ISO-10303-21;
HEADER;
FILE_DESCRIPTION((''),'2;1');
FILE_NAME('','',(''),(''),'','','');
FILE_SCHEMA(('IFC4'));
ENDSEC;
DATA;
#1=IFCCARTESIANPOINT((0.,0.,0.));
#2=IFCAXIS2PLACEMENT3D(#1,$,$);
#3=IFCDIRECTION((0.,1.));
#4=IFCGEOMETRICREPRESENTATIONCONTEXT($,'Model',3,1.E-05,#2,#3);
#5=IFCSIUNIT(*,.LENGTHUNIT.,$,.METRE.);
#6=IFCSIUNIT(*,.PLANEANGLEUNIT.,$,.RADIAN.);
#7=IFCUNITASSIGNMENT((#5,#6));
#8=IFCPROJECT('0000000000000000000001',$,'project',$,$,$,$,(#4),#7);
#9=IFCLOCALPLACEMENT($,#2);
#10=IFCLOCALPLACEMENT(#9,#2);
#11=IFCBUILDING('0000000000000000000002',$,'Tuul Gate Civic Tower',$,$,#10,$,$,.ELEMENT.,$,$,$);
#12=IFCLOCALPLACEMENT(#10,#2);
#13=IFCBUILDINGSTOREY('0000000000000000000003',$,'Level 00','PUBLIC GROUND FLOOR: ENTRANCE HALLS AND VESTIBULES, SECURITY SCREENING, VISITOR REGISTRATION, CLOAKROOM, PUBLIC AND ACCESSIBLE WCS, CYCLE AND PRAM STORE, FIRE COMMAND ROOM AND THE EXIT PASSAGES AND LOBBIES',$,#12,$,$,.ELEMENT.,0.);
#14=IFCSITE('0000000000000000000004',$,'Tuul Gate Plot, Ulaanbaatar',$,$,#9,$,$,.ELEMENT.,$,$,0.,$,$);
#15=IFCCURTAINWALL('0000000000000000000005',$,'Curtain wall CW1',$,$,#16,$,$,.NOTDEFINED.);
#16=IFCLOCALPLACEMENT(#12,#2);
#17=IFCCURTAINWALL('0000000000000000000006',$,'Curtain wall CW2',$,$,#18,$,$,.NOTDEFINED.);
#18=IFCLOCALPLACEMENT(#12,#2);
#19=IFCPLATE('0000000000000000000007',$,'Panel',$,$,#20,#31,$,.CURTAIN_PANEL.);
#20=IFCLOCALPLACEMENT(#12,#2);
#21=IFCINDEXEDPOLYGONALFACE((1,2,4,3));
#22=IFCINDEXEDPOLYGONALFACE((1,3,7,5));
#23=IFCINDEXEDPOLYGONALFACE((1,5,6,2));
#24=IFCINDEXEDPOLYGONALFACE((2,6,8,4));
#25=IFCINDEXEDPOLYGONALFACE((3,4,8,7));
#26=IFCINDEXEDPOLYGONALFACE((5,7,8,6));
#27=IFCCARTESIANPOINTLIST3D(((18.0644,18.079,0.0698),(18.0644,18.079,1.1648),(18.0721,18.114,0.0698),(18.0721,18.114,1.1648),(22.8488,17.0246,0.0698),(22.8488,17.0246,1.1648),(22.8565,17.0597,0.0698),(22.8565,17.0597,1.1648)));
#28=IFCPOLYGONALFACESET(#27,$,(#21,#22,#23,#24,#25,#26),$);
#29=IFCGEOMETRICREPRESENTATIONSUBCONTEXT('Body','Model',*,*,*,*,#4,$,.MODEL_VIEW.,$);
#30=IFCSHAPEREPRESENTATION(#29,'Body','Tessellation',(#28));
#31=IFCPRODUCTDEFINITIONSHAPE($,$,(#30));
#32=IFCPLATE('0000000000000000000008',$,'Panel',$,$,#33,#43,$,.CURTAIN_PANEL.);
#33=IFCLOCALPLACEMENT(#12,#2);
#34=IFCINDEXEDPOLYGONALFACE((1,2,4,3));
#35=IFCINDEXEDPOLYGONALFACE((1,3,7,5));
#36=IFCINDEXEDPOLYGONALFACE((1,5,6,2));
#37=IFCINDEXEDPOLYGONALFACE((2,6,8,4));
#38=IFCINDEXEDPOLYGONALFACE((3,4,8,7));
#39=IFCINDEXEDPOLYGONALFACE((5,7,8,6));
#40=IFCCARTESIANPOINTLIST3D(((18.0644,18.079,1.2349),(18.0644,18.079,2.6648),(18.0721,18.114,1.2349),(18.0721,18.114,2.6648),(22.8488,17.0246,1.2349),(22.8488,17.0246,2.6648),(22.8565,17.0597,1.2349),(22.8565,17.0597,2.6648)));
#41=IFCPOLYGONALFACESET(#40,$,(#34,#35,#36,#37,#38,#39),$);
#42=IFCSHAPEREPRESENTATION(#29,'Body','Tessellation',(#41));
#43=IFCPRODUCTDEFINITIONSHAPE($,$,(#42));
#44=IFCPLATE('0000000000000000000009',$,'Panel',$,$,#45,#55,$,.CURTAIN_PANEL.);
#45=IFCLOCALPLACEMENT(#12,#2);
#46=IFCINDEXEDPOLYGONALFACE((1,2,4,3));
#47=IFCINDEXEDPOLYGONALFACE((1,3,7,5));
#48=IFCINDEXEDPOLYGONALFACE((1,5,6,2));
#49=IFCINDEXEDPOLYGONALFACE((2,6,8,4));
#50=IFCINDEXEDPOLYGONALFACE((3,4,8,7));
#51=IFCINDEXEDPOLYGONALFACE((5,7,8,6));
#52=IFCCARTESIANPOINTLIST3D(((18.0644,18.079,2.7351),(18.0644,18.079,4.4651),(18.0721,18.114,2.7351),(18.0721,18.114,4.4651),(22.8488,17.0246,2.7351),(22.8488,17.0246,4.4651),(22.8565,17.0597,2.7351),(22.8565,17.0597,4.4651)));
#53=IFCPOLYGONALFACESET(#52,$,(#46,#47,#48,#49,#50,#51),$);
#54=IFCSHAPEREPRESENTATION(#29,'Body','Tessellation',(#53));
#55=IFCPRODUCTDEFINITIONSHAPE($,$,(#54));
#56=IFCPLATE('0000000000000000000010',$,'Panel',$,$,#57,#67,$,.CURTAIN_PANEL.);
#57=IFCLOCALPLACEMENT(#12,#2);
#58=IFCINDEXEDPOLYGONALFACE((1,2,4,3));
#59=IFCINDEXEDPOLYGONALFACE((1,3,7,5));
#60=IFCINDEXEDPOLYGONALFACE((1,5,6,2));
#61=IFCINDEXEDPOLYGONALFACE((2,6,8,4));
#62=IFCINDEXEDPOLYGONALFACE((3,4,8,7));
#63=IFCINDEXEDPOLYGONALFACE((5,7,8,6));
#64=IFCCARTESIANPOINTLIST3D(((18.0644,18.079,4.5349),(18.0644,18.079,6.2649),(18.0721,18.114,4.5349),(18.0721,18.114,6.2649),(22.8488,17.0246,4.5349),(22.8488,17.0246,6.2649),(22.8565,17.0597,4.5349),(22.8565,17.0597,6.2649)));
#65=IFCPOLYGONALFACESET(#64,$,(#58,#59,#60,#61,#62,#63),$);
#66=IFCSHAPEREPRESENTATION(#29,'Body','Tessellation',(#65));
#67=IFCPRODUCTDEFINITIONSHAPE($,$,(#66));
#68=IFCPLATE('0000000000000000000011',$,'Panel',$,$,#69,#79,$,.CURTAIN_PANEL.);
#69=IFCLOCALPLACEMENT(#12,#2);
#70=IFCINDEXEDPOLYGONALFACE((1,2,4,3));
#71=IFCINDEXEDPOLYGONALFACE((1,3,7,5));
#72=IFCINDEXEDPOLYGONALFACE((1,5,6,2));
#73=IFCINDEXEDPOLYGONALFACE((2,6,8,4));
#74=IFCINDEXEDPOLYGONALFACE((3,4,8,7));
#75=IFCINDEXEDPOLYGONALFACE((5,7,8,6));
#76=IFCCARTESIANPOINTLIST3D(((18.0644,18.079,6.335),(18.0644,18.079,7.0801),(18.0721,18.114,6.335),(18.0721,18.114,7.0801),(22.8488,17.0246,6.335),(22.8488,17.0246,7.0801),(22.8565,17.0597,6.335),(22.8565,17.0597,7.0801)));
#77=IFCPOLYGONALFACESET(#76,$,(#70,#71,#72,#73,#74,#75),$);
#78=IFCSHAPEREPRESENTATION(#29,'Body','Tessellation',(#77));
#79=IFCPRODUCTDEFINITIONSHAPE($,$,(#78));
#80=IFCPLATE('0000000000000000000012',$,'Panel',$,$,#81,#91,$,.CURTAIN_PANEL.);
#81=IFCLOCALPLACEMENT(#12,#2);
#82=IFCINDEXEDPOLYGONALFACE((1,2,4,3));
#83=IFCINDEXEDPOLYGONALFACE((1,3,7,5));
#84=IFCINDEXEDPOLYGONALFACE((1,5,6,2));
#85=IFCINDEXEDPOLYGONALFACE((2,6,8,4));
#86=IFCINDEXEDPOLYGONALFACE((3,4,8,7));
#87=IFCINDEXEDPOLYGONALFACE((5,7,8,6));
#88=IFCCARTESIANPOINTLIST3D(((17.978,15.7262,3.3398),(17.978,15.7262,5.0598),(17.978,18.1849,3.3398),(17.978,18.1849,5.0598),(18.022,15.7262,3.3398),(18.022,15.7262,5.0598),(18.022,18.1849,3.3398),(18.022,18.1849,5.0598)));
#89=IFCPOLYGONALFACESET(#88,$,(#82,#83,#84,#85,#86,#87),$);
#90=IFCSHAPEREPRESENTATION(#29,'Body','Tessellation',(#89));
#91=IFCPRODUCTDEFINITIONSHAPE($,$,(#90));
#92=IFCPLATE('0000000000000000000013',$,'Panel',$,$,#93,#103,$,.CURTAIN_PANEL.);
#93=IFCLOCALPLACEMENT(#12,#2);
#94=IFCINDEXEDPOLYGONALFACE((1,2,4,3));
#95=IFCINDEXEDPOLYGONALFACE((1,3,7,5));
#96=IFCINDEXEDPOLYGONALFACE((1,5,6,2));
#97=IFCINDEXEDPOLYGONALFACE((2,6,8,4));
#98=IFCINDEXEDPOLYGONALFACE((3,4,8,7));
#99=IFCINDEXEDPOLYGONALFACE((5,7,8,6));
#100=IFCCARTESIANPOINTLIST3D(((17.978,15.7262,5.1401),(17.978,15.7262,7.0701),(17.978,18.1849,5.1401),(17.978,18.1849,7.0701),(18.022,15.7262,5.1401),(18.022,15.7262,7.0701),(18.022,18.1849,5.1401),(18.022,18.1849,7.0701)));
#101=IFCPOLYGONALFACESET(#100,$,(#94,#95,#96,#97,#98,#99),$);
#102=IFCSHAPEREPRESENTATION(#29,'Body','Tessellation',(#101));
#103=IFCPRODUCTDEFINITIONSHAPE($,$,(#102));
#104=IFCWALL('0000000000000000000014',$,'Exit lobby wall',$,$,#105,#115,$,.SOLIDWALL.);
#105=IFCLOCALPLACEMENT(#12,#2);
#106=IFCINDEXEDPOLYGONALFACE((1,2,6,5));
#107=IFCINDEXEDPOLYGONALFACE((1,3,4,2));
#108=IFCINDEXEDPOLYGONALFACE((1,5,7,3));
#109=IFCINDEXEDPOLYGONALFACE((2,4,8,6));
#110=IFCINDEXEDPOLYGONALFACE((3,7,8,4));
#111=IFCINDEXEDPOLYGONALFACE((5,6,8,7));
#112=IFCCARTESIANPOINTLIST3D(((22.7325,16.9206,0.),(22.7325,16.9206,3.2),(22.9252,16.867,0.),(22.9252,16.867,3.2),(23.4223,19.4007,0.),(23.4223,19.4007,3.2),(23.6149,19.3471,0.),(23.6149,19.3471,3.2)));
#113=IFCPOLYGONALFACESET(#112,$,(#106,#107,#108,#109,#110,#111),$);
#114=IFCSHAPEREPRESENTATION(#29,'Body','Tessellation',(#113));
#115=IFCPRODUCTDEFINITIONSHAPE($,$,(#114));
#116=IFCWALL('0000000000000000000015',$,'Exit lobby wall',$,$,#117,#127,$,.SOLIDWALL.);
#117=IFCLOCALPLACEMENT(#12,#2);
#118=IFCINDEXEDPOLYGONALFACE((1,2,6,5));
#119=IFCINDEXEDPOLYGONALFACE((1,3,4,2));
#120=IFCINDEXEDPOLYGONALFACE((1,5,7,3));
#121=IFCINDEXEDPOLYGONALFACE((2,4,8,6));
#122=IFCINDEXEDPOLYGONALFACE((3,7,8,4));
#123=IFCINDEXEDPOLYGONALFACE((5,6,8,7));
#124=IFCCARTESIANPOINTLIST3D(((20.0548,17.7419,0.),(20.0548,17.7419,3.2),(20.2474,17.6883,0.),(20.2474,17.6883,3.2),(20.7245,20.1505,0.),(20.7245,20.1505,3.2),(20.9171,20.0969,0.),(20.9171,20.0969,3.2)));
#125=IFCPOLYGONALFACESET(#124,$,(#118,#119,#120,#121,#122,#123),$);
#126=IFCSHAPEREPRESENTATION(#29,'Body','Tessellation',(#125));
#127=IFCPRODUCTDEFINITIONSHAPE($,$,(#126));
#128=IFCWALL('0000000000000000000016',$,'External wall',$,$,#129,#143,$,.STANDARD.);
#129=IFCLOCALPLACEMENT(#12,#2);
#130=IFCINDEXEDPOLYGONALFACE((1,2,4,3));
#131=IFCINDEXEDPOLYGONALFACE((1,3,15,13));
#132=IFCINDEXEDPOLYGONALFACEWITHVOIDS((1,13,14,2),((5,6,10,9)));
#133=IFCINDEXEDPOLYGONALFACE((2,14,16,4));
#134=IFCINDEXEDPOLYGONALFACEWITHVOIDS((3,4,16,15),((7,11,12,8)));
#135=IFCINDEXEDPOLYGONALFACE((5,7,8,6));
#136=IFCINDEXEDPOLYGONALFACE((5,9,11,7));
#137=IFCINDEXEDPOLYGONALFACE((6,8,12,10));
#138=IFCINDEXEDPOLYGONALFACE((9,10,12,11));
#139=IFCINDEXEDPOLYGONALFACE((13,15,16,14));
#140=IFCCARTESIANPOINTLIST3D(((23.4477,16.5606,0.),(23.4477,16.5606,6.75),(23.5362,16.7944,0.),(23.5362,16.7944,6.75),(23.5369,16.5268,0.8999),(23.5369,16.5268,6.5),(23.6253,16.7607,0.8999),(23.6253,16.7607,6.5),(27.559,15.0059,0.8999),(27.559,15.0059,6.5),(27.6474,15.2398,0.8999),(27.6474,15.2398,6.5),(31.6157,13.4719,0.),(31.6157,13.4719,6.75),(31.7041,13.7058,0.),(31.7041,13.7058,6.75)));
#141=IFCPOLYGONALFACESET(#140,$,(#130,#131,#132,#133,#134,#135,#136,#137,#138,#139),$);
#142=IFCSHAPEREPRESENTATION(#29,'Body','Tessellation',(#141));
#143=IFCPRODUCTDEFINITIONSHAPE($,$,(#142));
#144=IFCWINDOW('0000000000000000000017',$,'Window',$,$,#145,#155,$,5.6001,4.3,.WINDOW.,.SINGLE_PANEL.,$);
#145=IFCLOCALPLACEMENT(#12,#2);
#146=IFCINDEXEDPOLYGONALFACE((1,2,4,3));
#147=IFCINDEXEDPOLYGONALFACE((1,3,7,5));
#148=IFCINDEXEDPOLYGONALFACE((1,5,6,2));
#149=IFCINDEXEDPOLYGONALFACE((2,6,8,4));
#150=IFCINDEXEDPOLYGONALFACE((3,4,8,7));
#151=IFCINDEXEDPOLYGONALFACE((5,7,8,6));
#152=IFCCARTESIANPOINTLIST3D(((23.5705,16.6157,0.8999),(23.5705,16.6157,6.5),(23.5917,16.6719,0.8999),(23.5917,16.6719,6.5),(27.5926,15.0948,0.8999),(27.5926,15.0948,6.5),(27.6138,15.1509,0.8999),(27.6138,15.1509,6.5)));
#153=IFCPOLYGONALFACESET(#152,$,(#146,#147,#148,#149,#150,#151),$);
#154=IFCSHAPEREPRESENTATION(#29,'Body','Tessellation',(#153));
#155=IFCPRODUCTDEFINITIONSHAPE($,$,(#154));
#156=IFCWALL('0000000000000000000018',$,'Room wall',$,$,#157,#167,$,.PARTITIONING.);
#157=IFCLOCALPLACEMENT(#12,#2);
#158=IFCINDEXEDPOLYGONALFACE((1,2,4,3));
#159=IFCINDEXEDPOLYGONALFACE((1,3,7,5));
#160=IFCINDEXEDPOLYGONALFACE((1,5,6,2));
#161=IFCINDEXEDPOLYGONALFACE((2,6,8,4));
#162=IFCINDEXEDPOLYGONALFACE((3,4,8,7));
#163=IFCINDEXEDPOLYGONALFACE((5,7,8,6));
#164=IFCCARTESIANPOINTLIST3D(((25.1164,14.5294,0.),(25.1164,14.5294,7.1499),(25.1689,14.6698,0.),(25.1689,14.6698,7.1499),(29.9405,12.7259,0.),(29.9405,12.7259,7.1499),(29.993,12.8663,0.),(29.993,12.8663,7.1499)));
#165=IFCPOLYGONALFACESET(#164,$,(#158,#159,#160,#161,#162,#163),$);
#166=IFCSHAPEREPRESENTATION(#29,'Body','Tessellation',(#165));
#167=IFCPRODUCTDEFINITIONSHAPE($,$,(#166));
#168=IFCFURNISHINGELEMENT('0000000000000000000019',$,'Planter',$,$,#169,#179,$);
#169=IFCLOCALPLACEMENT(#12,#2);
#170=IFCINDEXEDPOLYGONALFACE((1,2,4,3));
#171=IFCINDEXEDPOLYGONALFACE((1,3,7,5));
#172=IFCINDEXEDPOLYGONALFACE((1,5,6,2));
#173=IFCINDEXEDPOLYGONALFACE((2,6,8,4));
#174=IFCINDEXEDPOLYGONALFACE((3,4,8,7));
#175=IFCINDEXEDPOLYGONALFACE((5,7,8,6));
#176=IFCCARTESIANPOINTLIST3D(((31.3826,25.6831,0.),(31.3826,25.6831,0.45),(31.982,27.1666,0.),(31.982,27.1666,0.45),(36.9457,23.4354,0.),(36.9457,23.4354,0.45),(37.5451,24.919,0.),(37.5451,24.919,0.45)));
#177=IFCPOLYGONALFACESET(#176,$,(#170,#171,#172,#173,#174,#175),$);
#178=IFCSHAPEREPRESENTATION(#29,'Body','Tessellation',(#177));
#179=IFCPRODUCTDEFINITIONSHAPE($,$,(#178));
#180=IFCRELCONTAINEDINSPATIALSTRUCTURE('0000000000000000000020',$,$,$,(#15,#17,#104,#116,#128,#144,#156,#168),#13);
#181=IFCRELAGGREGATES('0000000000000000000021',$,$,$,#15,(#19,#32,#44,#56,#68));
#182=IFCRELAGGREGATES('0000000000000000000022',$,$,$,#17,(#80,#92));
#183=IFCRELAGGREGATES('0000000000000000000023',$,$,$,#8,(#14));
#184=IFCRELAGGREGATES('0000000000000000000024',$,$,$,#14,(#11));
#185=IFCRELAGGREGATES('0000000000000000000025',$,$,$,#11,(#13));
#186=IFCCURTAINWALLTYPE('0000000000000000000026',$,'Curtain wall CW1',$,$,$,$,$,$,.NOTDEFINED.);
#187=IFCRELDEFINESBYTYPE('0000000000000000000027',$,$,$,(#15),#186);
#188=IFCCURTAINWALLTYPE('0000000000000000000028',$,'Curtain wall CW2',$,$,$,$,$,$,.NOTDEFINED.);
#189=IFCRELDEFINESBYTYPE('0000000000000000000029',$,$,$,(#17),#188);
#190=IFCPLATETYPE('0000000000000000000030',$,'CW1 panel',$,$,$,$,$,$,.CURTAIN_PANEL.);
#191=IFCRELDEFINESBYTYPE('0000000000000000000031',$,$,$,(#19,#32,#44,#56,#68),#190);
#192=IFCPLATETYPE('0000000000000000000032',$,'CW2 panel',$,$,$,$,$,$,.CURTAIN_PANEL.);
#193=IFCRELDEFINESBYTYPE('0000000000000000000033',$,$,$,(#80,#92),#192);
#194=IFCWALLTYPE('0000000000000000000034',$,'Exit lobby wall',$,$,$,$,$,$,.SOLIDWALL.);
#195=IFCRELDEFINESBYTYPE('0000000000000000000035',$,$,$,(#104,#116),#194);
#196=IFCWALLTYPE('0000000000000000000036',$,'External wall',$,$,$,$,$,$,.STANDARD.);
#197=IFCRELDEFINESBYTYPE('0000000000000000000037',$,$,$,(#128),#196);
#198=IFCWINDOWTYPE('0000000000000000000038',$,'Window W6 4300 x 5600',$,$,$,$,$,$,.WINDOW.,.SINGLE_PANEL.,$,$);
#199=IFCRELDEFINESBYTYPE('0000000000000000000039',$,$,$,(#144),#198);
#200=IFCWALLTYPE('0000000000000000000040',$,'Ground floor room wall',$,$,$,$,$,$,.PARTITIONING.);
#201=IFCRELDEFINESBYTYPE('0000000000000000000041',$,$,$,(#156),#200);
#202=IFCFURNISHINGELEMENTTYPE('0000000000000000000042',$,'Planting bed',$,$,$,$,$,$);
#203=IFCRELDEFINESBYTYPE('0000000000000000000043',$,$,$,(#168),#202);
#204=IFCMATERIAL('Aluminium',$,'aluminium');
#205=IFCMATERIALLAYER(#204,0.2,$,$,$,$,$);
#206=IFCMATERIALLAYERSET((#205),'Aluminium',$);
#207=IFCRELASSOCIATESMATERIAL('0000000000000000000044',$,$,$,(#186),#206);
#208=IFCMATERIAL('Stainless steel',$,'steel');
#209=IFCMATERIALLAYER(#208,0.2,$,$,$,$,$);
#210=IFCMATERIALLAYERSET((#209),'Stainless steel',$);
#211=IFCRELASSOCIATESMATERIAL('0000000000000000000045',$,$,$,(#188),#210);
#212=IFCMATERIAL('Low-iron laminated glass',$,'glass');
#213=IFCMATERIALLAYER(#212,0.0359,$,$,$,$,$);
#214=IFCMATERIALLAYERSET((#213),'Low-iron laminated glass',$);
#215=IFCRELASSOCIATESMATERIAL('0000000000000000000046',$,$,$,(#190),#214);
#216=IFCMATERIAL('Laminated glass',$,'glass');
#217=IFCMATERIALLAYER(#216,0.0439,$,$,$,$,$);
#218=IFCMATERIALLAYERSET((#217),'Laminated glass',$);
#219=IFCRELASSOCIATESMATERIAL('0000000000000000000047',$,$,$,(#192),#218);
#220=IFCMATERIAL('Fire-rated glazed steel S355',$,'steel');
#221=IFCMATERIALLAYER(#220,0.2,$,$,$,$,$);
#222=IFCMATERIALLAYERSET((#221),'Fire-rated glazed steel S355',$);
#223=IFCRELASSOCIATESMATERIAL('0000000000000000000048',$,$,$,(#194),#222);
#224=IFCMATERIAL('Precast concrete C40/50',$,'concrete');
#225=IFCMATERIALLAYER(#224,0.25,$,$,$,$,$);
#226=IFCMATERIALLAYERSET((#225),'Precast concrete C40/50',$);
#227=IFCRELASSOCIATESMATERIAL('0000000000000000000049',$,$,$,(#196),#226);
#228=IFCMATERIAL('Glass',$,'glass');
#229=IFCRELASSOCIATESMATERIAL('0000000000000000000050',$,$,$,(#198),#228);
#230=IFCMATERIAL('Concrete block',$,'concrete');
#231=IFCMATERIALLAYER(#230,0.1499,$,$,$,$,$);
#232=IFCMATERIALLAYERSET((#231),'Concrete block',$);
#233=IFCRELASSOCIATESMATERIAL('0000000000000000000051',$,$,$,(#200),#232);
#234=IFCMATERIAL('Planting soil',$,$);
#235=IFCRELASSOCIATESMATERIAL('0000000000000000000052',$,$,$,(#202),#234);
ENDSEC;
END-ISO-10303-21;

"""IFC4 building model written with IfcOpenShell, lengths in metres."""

from ifc_helpers import new_model, si_unit, direction, frame, frame_2d, origin, origin_2d, place, context, subcontext, project, spatial, rectangle, extrude, material, layer, layer_set, type_object, element, fill, aggregate, save


model = new_model("IFC4")

# Units and contexts
model_context = context("Model", 3, precision=1e-05, world=origin(), true_north=direction((0.0, 1.0)))
body_context = subcontext(model_context, "Body", "Model", "MODEL_VIEW")
ifc_project = project(units=[si_unit("LENGTHUNIT", "METRE"), si_unit("PLANEANGLEUNIT", "RADIAN")], contexts=[model_context])

# Site, building, storey
site_placement = place(None, origin())
site = spatial("IfcSite", under=ifc_project, at=site_placement, Name="Tuul Gate Plot, Ulaanbaatar", CompositionType="ELEMENT", RefElevation=0.0)
building_placement = place(site_placement, origin())
building = spatial("IfcBuilding", under=site, at=building_placement, Name="Tuul Gate Civic Tower", CompositionType="ELEMENT")
storey_placement = place(building_placement, origin())
storey = spatial("IfcBuildingStorey", under=building, at=storey_placement, Name="Level 00", Description="PUBLIC GROUND FLOOR: ENTRANCE HALLS AND VESTIBULES, SECURITY SCREENING, VISITOR REGISTRATION, CLOAKROOM, PUBLIC AND ACCESSIBLE WCS, CYCLE AND PRAM STORE, FIRE COMMAND ROOM AND THE EXIT PASSAGES AND LOBBIES", CompositionType="ELEMENT", Elevation=0.0)

# Curtain wall
ifc_material_1 = material(Name="Aluminium", Category="aluminium")
ifc_layer_1 = layer(ifc_material_1, 0.2)
ifc_layer_set_1 = layer_set([ifc_layer_1], Name="Aluminium")
curtain_wall_type_1 = type_object("IfcCurtainWallType", Name="Curtain wall CW1", PredefinedType="NOTDEFINED", material=ifc_layer_set_1)
curtain_wall_1_placement = place(storey_placement, origin())
curtain_wall_1 = element("IfcCurtainWall", 1, at=curtain_wall_1_placement, inside=storey, type_object=curtain_wall_type_1, Name="Curtain wall CW1", PredefinedType="NOTDEFINED")

# Curtain wall
ifc_material_2 = material(Name="Stainless steel", Category="steel")
ifc_layer_2 = layer(ifc_material_2, 0.2)
ifc_layer_set_2 = layer_set([ifc_layer_2], Name="Stainless steel")
curtain_wall_type_2 = type_object("IfcCurtainWallType", Name="Curtain wall CW2", PredefinedType="NOTDEFINED", material=ifc_layer_set_2)
curtain_wall_2_placement = place(storey_placement, origin())
curtain_wall_2 = element("IfcCurtainWall", 2, at=curtain_wall_2_placement, inside=storey, type_object=curtain_wall_type_2, Name="Curtain wall CW2", PredefinedType="NOTDEFINED")

# Plates
ifc_material_3 = material(Name="Low-iron laminated glass", Category="glass")
ifc_layer_3 = layer(ifc_material_3, 0.0359)
ifc_layer_set_3 = layer_set([ifc_layer_3], Name="Low-iron laminated glass")
plate_type_1 = type_object("IfcPlateType", Name="CW1 panel", PredefinedType="CURTAIN_PANEL", material=ifc_layer_set_3)
plate_1_placement = place(storey_placement, frame((20.4604, 17.5693, 0.0698), z_axis=(0.0, 0.0, 1.0), x_axis=(-0.976569, 0.215207, 0.0)))
plate_1 = element("IfcPlate", 3, at=plate_1_placement, type_object=plate_type_1, Name="Panel", PredefinedType="CURTAIN_PANEL", context=body_context, shape_type="SweptSolid", body=[
    extrude(rectangle(XDim=4.8992, YDim=0.0359, at=origin_2d()), origin(), (0.0, 0.0, 1.0), 1.095),
])
plate_2_placement = place(storey_placement, frame((20.4604, 17.5693, 1.2349), z_axis=(0.0, 0.0, 1.0), x_axis=(-0.976569, 0.215207, 0.0)))
plate_2 = element("IfcPlate", 4, at=plate_2_placement, type_object=plate_type_1, Name="Panel", PredefinedType="CURTAIN_PANEL", context=body_context, shape_type="SweptSolid", body=[
    extrude(rectangle(XDim=4.8992, YDim=0.0359, at=origin_2d()), origin(), (0.0, 0.0, 1.0), 1.4299),
])
plate_3_placement = place(storey_placement, frame((20.4604, 17.5693, 2.7351), z_axis=(0.0, 0.0, 1.0), x_axis=(-0.976569, 0.215207, 0.0)))
plate_3 = element("IfcPlate", 5, at=plate_3_placement, type_object=plate_type_1, Name="Panel", PredefinedType="CURTAIN_PANEL", context=body_context, shape_type="SweptSolid", body=[
    extrude(rectangle(XDim=4.8992, YDim=0.0359, at=origin_2d()), origin(), (0.0, 0.0, 1.0), 1.73),
])
plate_4_placement = place(storey_placement, frame((20.4604, 17.5693, 4.5349), z_axis=(0.0, 0.0, 1.0), x_axis=(-0.976569, 0.215207, 0.0)))
plate_4 = element("IfcPlate", 6, at=plate_4_placement, type_object=plate_type_1, Name="Panel", PredefinedType="CURTAIN_PANEL", context=body_context, shape_type="SweptSolid", body=[
    extrude(rectangle(XDim=4.8992, YDim=0.0359, at=origin_2d()), origin(), (0.0, 0.0, 1.0), 1.73),
])
plate_5_placement = place(storey_placement, frame((20.4604, 17.5693, 6.335), z_axis=(0.0, 0.0, 1.0), x_axis=(-0.976569, 0.215207, 0.0)))
plate_5 = element("IfcPlate", 7, at=plate_5_placement, type_object=plate_type_1, Name="Panel", PredefinedType="CURTAIN_PANEL", context=body_context, shape_type="SweptSolid", body=[
    extrude(rectangle(XDim=4.8992, YDim=0.0359, at=origin_2d()), origin(), (0.0, 0.0, 1.0), 0.7451),
])
aggregate(curtain_wall_1, [plate_1, plate_2, plate_3, plate_4, plate_5])
ifc_material_4 = material(Name="Laminated glass", Category="glass")
ifc_layer_4 = layer(ifc_material_4, 0.0439)
ifc_layer_set_4 = layer_set([ifc_layer_4], Name="Laminated glass")
plate_type_2 = type_object("IfcPlateType", Name="CW2 panel", PredefinedType="CURTAIN_PANEL", material=ifc_layer_set_4)
plate_6_placement = place(storey_placement, frame((18.0, 16.9556, 3.3398), z_axis=(0.0, 0.0, 1.0), x_axis=(0.0, 1.0, 0.0)))
plate_6 = element("IfcPlate", 8, at=plate_6_placement, type_object=plate_type_2, Name="Panel", PredefinedType="CURTAIN_PANEL", context=body_context, shape_type="SweptSolid", body=[
    extrude(rectangle(XDim=2.4587, YDim=0.0439, at=origin_2d()), origin(), (0.0, 0.0, 1.0), 1.72),
])
plate_7_placement = place(storey_placement, frame((18.0, 16.9556, 5.1401), z_axis=(0.0, 0.0, 1.0), x_axis=(0.0, 1.0, 0.0)))
plate_7 = element("IfcPlate", 9, at=plate_7_placement, type_object=plate_type_2, Name="Panel", PredefinedType="CURTAIN_PANEL", context=body_context, shape_type="SweptSolid", body=[
    extrude(rectangle(XDim=2.4587, YDim=0.0439, at=origin_2d()), origin(), (0.0, 0.0, 1.0), 1.9299),
])
aggregate(curtain_wall_2, [plate_6, plate_7])

# Walls
ifc_material_5 = material(Name="Fire-rated glazed steel S355", Category="steel")
ifc_layer_5 = layer(ifc_material_5, 0.2)
ifc_layer_set_5 = layer_set([ifc_layer_5], Name="Fire-rated glazed steel S355")
wall_type_1 = type_object("IfcWallType", Name="Exit lobby wall", PredefinedType="SOLIDWALL", material=ifc_layer_set_5)
wall_1_placement = place(storey_placement, frame((22.8289, 16.8938, 0.0), z_axis=(0.0, 0.0, 1.0), x_axis=(0.267937, 0.963436, 0.0)))
element("IfcWall", 10, at=wall_1_placement, inside=storey, type_object=wall_type_1, Name="Exit lobby wall", PredefinedType="SOLIDWALL", context=body_context, shape_type="SweptSolid", body=[
    extrude(rectangle(XDim=2.5742, YDim=0.2, at=frame_2d((1.2871, 0.0))), origin(), (0.0, 0.0, 1.0), 3.2),
])
wall_2_placement = place(storey_placement, frame((20.1511, 17.7151, 0.0), z_axis=(0.0, 0.0, 1.0), x_axis=(0.267865, 0.963456, 0.0)))
element("IfcWall", 11, at=wall_2_placement, inside=storey, type_object=wall_type_1, Name="Exit lobby wall", PredefinedType="SOLIDWALL", context=body_context, shape_type="SweptSolid", body=[
    extrude(rectangle(XDim=2.5, YDim=0.2, at=frame_2d((1.25, 0.0))), origin(), (0.0, 0.0, 1.0), 3.2),
])

# Wall, opening, window
ifc_material_6 = material(Name="Precast concrete C40/50", Category="concrete")
ifc_layer_6 = layer(ifc_material_6, 0.25)
ifc_layer_set_6 = layer_set([ifc_layer_6], Name="Precast concrete C40/50")
wall_type_2 = type_object("IfcWallType", Name="External wall", PredefinedType="STANDARD", material=ifc_layer_set_6)
wall_3_placement = place(storey_placement, frame((31.6599, 13.5889, 0.0), z_axis=(0.0, 0.0, 1.0), x_axis=(-0.935361, 0.353696, 0.0)))
wall_3 = element("IfcWall", 12, at=wall_3_placement, inside=storey, type_object=wall_type_2, Name="External wall", PredefinedType="STANDARD", context=body_context, shape_type="SweptSolid", body=[
    extrude(rectangle(XDim=8.7324, YDim=0.25, at=frame_2d((4.3662, 0.0))), origin(), (0.0, 0.0, 1.0), 6.75),
])
opening_1_placement = place(wall_3_placement, frame((4.3372, 0.0, 0.8999)))
opening_1 = element("IfcOpeningElement", 13, at=opening_1_placement, cuts=wall_3, PredefinedType="OPENING", context=body_context, shape_type="SweptSolid", body=[
    extrude(rectangle(XDim=4.3, YDim=5.6001, at=frame_2d((2.1499, 2.8))), frame((0.0, 0.135, 0.0), z_axis=(0.0, -1.0, 0.0), x_axis=(1.0, 0.0, 0.0)), (0.0, 0.0, 1.0), 0.27),
])
ifc_material_7 = material(Name="Glass", Category="glass")
window_type = type_object("IfcWindowType", Name="Window W6 4300 x 5600", PartitioningType="SINGLE_PANEL", PredefinedType="WINDOW", material=ifc_material_7)
window_placement = place(opening_1_placement, origin())
window = element("IfcWindow", 14, at=window_placement, inside=storey, type_object=window_type, Name="Window", OverallHeight=5.6001, OverallWidth=4.3, PartitioningType="SINGLE_PANEL", PredefinedType="WINDOW", context=body_context, shape_type="SweptSolid", body=[
    extrude(rectangle(XDim=4.3, YDim=5.6001, at=frame_2d((2.1499, 2.8))), frame((0.0, 0.03, 0.0), z_axis=(0.0, -1.0, 0.0), x_axis=(1.0, 0.0, 0.0)), (0.0, 0.0, 1.0), 0.0601),
])
fill(opening_1, window)

# Wall
ifc_material_8 = material(Name="Concrete block", Category="concrete")
ifc_layer_7 = layer(ifc_material_8, 0.1499)
ifc_layer_set_7 = layer_set([ifc_layer_7], Name="Concrete block")
wall_type_3 = type_object("IfcWallType", Name="Ground floor room wall", PredefinedType="PARTITIONING", material=ifc_layer_set_7)
wall_4_placement = place(storey_placement, frame((25.1426, 14.5996, 0.0), z_axis=(0.0, 0.0, 1.0), x_axis=(0.936681, -0.350183, 0.0)))
element("IfcWall", 15, at=wall_4_placement, inside=storey, type_object=wall_type_3, Name="Room wall", PredefinedType="PARTITIONING", context=body_context, shape_type="SweptSolid", body=[
    extrude(rectangle(XDim=5.1501, YDim=0.1499, at=frame_2d((2.5752, 0.0))), origin(), (0.0, 0.0, 1.0), 7.1499),
])

# Furnishing element
ifc_material_9 = material(Name="Planting soil")
furnishing_element_type = type_object("IfcFurnishingElementType", Name="Planting bed", material=ifc_material_9)
furnishing_placement = place(storey_placement, frame((34.4639, 25.301, 0.0), z_axis=(0.0, 0.0, 1.0), x_axis=(-0.927184, 0.374607, 0.0)))
element("IfcFurnishingElement", 16, at=furnishing_placement, inside=storey, type_object=furnishing_element_type, Name="Planter", context=body_context, shape_type="SweptSolid", body=[
    extrude(rectangle(XDim=6.0, YDim=1.6001, at=origin_2d()), origin(), (0.0, 0.0, 1.0), 0.45),
])

save(model, "model.ifc")
